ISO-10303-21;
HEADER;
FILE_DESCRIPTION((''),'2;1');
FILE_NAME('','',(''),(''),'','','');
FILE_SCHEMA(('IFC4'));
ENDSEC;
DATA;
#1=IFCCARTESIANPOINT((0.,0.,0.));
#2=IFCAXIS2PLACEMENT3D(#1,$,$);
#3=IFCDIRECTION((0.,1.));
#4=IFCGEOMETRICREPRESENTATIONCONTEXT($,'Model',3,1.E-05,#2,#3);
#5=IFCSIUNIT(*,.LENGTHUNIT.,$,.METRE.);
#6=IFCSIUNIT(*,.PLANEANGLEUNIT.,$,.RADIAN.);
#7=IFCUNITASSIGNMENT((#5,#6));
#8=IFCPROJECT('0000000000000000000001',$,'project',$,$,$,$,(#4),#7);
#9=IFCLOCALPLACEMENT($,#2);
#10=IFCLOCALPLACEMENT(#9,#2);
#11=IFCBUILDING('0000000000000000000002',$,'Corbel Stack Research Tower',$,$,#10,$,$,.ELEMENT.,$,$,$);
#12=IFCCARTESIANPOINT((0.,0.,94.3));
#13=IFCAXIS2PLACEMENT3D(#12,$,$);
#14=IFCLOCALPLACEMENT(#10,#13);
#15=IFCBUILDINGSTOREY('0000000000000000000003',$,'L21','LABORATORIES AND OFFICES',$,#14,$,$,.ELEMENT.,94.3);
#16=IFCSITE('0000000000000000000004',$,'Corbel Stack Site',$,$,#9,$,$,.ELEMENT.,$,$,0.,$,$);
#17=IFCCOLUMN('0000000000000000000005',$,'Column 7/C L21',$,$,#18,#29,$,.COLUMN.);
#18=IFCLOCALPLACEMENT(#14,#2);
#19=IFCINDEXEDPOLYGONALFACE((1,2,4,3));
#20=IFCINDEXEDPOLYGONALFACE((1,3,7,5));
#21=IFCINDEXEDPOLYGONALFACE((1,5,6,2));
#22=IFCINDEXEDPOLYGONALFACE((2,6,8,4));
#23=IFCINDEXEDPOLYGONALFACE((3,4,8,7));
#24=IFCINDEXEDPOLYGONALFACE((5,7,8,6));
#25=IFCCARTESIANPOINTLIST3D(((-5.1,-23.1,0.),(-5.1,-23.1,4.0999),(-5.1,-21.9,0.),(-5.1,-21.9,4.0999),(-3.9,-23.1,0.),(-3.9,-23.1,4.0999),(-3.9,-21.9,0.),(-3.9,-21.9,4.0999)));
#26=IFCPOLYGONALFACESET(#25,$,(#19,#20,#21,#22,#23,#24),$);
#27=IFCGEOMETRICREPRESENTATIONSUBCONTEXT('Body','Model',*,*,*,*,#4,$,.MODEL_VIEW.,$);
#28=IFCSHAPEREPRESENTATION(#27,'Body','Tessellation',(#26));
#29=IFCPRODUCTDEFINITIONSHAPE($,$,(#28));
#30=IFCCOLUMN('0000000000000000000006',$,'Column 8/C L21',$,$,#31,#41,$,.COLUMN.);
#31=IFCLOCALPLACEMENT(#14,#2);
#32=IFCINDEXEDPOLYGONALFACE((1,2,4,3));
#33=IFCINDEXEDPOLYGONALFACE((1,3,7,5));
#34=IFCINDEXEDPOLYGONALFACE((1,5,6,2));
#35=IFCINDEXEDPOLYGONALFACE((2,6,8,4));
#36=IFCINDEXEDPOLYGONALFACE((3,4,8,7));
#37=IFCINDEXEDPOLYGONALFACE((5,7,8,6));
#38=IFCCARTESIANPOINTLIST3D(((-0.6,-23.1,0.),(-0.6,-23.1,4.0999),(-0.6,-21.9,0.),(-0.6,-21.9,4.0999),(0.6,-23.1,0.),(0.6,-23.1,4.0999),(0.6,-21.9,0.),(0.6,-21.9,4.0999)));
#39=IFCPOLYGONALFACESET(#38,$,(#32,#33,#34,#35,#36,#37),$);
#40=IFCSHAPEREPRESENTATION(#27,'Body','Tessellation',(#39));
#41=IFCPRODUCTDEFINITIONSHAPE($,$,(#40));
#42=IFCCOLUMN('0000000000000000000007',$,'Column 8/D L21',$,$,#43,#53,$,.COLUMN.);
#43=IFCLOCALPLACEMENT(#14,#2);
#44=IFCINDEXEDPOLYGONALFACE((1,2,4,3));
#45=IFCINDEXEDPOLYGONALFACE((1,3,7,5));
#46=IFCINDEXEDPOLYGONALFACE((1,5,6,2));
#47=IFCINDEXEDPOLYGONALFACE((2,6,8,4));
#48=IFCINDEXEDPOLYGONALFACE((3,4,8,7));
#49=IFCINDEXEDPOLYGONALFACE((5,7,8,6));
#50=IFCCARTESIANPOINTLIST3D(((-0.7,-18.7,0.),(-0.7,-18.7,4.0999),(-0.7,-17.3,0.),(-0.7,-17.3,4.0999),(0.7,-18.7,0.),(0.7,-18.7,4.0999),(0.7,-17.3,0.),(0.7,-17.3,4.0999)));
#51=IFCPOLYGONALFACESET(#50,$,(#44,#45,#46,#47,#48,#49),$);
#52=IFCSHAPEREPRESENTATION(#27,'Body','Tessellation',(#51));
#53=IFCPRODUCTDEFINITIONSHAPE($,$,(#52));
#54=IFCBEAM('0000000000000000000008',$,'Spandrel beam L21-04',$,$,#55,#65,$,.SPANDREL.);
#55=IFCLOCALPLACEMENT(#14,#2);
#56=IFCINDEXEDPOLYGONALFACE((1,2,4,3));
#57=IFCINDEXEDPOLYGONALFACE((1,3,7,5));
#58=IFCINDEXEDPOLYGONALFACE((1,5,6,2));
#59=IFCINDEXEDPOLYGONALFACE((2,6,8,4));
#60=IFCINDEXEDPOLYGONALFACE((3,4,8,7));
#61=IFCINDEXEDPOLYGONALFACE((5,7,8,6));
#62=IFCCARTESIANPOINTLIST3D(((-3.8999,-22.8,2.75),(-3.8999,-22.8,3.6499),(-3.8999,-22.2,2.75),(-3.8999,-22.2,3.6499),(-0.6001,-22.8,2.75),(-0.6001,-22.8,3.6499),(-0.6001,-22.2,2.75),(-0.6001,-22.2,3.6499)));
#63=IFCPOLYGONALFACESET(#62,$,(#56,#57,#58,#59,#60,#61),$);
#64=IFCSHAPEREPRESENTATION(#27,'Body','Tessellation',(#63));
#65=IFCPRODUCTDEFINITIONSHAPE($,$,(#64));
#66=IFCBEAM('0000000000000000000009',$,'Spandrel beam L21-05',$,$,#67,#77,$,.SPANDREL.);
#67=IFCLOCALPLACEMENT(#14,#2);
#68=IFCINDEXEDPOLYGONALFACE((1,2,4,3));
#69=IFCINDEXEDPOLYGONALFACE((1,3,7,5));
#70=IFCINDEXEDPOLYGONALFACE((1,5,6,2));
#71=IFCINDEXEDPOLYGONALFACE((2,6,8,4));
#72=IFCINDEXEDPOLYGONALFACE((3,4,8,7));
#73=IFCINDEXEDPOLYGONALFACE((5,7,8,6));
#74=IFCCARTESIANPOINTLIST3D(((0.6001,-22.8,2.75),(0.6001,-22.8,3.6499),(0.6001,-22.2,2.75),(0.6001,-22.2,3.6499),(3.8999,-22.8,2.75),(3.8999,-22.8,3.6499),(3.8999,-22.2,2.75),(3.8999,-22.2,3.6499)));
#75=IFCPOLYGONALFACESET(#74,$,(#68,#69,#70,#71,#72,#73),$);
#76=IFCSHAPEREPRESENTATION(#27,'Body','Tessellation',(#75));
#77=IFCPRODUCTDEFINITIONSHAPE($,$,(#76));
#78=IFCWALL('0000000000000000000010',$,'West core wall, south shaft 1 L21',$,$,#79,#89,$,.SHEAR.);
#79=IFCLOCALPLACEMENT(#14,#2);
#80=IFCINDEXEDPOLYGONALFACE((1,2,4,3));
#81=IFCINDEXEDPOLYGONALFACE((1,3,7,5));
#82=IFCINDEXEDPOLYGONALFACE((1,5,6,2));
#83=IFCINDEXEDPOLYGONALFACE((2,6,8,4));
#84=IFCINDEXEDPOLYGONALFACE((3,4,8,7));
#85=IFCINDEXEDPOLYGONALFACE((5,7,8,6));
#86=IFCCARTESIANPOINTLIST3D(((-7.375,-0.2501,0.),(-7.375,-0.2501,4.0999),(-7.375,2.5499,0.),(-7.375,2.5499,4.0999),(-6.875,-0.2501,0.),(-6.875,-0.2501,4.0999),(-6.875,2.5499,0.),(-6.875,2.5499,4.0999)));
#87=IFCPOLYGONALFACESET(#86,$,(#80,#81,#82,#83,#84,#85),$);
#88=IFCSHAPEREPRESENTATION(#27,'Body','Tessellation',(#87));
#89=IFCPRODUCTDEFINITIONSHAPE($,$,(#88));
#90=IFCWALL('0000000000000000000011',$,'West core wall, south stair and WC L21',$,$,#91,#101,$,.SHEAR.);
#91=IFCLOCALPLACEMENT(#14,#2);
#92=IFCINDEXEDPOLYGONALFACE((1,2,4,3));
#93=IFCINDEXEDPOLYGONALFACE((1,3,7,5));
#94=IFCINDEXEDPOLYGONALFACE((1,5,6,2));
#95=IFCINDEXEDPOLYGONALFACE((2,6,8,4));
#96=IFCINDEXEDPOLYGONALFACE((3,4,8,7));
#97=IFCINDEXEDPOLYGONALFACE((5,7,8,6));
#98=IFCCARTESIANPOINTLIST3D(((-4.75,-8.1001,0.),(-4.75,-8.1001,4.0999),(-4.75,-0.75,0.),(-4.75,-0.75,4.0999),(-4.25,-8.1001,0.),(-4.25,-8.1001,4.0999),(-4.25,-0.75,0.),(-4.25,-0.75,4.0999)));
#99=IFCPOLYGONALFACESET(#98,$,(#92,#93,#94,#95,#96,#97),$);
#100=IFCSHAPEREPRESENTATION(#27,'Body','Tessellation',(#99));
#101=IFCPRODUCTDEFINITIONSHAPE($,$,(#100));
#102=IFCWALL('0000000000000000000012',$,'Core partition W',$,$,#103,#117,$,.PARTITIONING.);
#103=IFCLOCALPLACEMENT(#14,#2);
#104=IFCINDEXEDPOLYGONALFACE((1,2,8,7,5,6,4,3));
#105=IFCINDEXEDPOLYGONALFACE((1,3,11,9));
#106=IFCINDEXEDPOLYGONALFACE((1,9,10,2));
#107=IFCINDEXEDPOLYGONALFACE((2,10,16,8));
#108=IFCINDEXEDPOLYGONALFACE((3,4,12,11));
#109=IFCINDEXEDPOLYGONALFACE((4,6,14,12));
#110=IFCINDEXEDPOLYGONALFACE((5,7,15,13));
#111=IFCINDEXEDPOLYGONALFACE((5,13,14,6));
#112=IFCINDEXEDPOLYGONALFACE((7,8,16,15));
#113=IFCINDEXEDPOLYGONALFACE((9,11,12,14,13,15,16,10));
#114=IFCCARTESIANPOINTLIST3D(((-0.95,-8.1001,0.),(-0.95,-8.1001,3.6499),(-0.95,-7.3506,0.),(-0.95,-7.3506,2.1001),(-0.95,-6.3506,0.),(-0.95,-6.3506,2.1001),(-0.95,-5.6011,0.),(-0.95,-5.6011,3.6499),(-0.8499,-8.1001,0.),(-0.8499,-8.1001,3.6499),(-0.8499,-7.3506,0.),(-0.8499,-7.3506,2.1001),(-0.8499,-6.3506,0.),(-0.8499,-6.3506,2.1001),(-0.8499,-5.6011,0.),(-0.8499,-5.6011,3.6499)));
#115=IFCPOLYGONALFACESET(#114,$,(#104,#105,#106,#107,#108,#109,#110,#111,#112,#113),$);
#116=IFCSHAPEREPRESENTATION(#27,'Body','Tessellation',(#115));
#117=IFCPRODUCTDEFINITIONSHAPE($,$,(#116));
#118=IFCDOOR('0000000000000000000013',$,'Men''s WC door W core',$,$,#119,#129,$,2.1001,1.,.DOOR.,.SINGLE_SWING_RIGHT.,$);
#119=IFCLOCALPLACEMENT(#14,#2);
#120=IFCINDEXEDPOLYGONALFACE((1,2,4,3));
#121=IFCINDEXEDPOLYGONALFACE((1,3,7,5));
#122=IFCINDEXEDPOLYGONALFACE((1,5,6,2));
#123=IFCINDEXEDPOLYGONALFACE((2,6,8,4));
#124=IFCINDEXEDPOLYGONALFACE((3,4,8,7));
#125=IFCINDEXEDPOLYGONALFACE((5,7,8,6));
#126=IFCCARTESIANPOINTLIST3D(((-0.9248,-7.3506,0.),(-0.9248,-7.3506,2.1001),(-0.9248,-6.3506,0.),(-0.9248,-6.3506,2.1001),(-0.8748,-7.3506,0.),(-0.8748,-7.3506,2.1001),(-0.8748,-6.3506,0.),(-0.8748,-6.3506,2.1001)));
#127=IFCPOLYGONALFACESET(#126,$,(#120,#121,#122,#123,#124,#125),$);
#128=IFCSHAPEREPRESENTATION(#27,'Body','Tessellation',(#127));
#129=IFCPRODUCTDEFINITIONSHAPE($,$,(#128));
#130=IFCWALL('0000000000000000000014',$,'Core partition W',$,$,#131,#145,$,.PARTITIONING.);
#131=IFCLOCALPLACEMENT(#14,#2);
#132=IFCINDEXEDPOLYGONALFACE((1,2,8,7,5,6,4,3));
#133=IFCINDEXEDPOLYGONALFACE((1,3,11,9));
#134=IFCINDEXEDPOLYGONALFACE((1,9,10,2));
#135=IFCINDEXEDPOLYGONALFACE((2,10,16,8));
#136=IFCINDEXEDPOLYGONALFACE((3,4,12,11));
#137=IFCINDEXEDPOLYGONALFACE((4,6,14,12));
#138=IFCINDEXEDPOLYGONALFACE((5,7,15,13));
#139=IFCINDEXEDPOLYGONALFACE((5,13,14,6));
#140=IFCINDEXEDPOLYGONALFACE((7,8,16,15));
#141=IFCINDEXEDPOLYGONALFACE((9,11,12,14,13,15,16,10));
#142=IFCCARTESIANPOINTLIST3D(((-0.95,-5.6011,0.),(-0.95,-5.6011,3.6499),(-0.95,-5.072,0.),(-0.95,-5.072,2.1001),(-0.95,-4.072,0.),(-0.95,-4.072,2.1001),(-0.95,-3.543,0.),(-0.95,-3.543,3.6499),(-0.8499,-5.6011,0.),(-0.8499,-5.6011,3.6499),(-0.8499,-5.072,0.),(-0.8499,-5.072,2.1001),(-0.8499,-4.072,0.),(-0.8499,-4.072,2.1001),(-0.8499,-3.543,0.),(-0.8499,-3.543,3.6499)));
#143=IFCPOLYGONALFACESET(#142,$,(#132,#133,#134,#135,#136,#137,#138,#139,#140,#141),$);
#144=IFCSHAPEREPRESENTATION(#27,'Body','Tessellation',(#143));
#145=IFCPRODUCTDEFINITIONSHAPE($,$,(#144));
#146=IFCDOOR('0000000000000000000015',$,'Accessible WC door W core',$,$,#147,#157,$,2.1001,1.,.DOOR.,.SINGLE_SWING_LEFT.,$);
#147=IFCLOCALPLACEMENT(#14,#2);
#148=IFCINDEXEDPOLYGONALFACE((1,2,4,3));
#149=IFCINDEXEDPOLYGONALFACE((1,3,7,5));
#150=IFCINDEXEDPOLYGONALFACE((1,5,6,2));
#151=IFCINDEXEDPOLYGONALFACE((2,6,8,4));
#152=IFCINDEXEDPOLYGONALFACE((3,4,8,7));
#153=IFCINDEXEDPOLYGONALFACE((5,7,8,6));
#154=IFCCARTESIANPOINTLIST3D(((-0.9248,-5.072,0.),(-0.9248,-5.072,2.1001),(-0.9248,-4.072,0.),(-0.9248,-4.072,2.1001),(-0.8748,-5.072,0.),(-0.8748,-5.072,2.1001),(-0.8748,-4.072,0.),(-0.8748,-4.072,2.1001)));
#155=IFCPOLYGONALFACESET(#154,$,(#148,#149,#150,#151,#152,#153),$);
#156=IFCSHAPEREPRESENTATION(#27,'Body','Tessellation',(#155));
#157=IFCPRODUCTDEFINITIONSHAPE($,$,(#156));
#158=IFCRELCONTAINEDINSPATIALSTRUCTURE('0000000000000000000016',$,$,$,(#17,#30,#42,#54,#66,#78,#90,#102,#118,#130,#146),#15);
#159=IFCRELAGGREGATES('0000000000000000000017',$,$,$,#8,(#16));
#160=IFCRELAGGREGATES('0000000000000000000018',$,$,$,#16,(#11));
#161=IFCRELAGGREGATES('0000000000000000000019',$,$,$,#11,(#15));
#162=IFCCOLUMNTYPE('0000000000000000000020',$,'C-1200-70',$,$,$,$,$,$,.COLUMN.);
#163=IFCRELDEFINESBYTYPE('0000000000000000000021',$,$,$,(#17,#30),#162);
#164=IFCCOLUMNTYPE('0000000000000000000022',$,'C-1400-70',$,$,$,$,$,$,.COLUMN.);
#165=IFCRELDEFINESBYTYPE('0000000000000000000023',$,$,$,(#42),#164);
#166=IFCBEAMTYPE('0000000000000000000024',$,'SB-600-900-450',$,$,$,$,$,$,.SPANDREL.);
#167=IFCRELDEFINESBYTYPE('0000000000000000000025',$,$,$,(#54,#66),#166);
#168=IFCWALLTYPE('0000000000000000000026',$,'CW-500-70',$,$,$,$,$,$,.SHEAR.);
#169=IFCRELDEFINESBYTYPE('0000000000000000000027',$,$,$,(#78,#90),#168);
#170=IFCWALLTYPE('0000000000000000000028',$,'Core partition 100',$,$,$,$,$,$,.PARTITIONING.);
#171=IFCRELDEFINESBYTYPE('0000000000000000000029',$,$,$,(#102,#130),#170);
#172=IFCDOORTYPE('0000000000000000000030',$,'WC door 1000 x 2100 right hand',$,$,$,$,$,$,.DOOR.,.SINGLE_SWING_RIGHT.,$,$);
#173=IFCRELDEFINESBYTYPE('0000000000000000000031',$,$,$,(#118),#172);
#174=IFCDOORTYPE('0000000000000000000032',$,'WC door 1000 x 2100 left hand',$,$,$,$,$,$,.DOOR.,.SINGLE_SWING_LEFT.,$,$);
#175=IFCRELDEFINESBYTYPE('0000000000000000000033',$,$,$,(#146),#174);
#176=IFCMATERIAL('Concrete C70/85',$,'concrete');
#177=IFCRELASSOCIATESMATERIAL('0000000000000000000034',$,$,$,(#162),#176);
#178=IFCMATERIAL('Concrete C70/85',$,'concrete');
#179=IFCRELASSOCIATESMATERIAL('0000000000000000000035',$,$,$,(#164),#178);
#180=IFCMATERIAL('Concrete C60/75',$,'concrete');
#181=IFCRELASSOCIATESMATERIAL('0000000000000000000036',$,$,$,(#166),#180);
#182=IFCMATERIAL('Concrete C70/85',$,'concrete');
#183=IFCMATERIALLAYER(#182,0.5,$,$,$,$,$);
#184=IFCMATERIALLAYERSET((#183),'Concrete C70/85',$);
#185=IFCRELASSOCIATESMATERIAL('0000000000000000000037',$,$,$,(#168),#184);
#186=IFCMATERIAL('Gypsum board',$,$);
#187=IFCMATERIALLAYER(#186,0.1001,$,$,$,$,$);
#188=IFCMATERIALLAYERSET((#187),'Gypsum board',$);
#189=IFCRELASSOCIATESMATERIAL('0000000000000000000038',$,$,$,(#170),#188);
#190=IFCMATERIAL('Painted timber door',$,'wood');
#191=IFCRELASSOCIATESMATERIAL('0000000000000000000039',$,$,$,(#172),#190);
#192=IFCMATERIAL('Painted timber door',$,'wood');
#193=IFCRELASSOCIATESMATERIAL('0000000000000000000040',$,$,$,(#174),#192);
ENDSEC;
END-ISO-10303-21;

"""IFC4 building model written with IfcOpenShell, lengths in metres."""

from ifc_helpers import new_model, si_unit, direction, frame, frame_2d, origin, origin_2d, place, context, subcontext, project, spatial, rectangle, extrude, material, layer, layer_set, material_profile, profile_set, type_object, element, fill, save


model = new_model("IFC4")

# Units and contexts
model_context = context("Model", 3, precision=1e-05, world=origin(), true_north=direction((0.0, 1.0)))
body_context = subcontext(model_context, "Body", "Model", "MODEL_VIEW")
ifc_project = project(units=[si_unit("LENGTHUNIT", "METRE"), si_unit("PLANEANGLEUNIT", "RADIAN")], contexts=[model_context])

# Site, building, storey
site_placement = place(None, origin())
site = spatial("IfcSite", under=ifc_project, at=site_placement, Name="Corbel Stack Site", CompositionType="ELEMENT", RefElevation=0.0)
building_placement = place(site_placement, origin())
building = spatial("IfcBuilding", under=site, at=building_placement, Name="Corbel Stack Research Tower", CompositionType="ELEMENT")
storey_placement = place(building_placement, frame((0.0, 0.0, 94.3)))
storey = spatial("IfcBuildingStorey", under=building, at=storey_placement, Name="L21", Description="LABORATORIES AND OFFICES", CompositionType="ELEMENT", Elevation=94.3)

# Columns
ifc_material_1 = material(Name="Concrete C70/85", Category="concrete")
ifc_material_profile_1 = material_profile(ifc_material_1, rectangle(XDim=1.2, YDim=1.2, at=origin_2d()), Name="RC 1200 x 1200")
ifc_profile_set_1 = profile_set([ifc_material_profile_1], Name="Concrete C70/85")
column_type_1 = type_object("IfcColumnType", Name="C-1200-70", PredefinedType="COLUMN", material=ifc_profile_set_1)
for number, where, z_axis, x_axis, name in (
    (1, (-4.5, -22.5, 0.0), (0.0, 0.0, 1.0), (1.0, 0.0, 0.0), "Column 7/C L21"),
    (2, (0.0, -22.5, 0.0), (0.0, 0.0, 1.0), (1.0, 0.0, 0.0), "Column 8/C L21"),
):
    element("IfcColumn", number, at=place(storey_placement, frame(where, z_axis=z_axis, x_axis=x_axis)), inside=storey, type_object=column_type_1, Name=name, PredefinedType="COLUMN", context=body_context, shape_type="SweptSolid", body=[
        extrude(rectangle(XDim=1.2, YDim=1.2, at=origin_2d()), origin(), (0.0, 0.0, 1.0), 4.0999),
    ])
ifc_material_2 = material(Name="Concrete C70/85", Category="concrete")
ifc_material_profile_2 = material_profile(ifc_material_2, rectangle(XDim=1.3999, YDim=1.3999, at=origin_2d()), Name="RC 1400 x 1400")
ifc_profile_set_2 = profile_set([ifc_material_profile_2], Name="Concrete C70/85")
column_type_2 = type_object("IfcColumnType", Name="C-1400-70", PredefinedType="COLUMN", material=ifc_profile_set_2)
column_placement = place(storey_placement, frame((0.0, -18.0, 0.0), z_axis=(0.0, 0.0, 1.0), x_axis=(1.0, 0.0, 0.0)))
element("IfcColumn", 3, at=column_placement, inside=storey, type_object=column_type_2, Name="Column 8/D L21", PredefinedType="COLUMN", context=body_context, shape_type="SweptSolid", body=[
    extrude(rectangle(XDim=1.3999, YDim=1.3999, at=origin_2d()), origin(), (0.0, 0.0, 1.0), 4.0999),
])

# Beams
ifc_material_3 = material(Name="Concrete C60/75", Category="concrete")
ifc_material_profile_3 = material_profile(ifc_material_3, rectangle(XDim=0.6001, YDim=0.8999, at=origin_2d()), Name="RC 600 x 900")
ifc_profile_set_3 = profile_set([ifc_material_profile_3], Name="Concrete C60/75")
beam_type = type_object("IfcBeamType", Name="SB-600-900-450", PredefinedType="SPANDREL", material=ifc_profile_set_3)
for number, where, z_axis, x_axis, name in (
    (4, (-3.8999, -22.5, 3.2), (1.0, 0.0, 0.0), (0.0, 1.0, 0.0), "Spandrel beam L21-04"),
    (5, (0.6001, -22.5, 3.2), (1.0, 0.0, 0.0), (0.0, 1.0, 0.0), "Spandrel beam L21-05"),
):
    element("IfcBeam", number, at=place(storey_placement, frame(where, z_axis=z_axis, x_axis=x_axis)), inside=storey, type_object=beam_type, Name=name, PredefinedType="SPANDREL", context=body_context, shape_type="SweptSolid", body=[
        extrude(rectangle(XDim=0.6001, YDim=0.8999, at=origin_2d()), origin(), (0.0, 0.0, 1.0), 3.2998),
    ])

# Walls
ifc_material_4 = material(Name="Concrete C70/85", Category="concrete")
ifc_layer_1 = layer(ifc_material_4, 0.5)
ifc_layer_set_1 = layer_set([ifc_layer_1], Name="Concrete C70/85")
wall_type_1 = type_object("IfcWallType", Name="CW-500-70", PredefinedType="SHEAR", material=ifc_layer_set_1)
wall_1_placement = place(storey_placement, frame((-7.125, -0.25, 0.0), z_axis=(0.0, 0.0, 1.0), x_axis=(0.0, 1.0, 0.0)))
element("IfcWall", 6, at=wall_1_placement, inside=storey, type_object=wall_type_1, Name="West core wall, south shaft 1 L21", PredefinedType="SHEAR", context=body_context, shape_type="SweptSolid", body=[
    extrude(rectangle(XDim=2.8, YDim=0.5, at=frame_2d((1.3999, 0.0))), origin(), (0.0, 0.0, 1.0), 4.0999),
])
wall_2_placement = place(storey_placement, frame((-4.5, -8.1001, 0.0), z_axis=(0.0, 0.0, 1.0), x_axis=(0.0, 1.0, 0.0)))
element("IfcWall", 7, at=wall_2_placement, inside=storey, type_object=wall_type_1, Name="West core wall, south stair and WC L21", PredefinedType="SHEAR", context=body_context, shape_type="SweptSolid", body=[
    extrude(rectangle(XDim=7.3501, YDim=0.5, at=frame_2d((3.675, 0.0))), origin(), (0.0, 0.0, 1.0), 4.0999),
])

# Walls, openings, doors
ifc_material_5 = material(Name="Gypsum board")
ifc_layer_2 = layer(ifc_material_5, 0.1001)
ifc_layer_set_2 = layer_set([ifc_layer_2], Name="Gypsum board")
wall_type_2 = type_object("IfcWallType", Name="Core partition 100", PredefinedType="PARTITIONING", material=ifc_layer_set_2)
wall_3_placement = place(storey_placement, frame((-0.8999, -8.1001, 0.0), z_axis=(0.0, 0.0, 1.0), x_axis=(0.0, 1.0, 0.0)))
wall_3 = element("IfcWall", 8, at=wall_3_placement, inside=storey, type_object=wall_type_2, Name="Core partition W", PredefinedType="PARTITIONING", context=body_context, shape_type="SweptSolid", body=[
    extrude(rectangle(XDim=2.499, YDim=0.1001, at=frame_2d((1.2495, 0.0))), origin(), (0.0, 0.0, 1.0), 3.6499),
])
opening_1_placement = place(wall_3_placement, frame((0.7495, 0.0, 0.0)))
opening_1 = element("IfcOpeningElement", 9, at=opening_1_placement, cuts=wall_3, PredefinedType="OPENING", context=body_context, shape_type="SweptSolid", body=[
    extrude(rectangle(XDim=1.0, YDim=2.1001, at=frame_2d((0.5, 1.05))), frame((0.0, 0.0601, 0.0), z_axis=(0.0, -1.0, 0.0), x_axis=(1.0, 0.0, 0.0)), (0.0, 0.0, 1.0), 0.1201),
])
ifc_material_6 = material(Name="Painted timber door", Category="wood")
door_type_1 = type_object("IfcDoorType", Name="WC door 1000 x 2100 right hand", OperationType="SINGLE_SWING_RIGHT", PredefinedType="DOOR", material=ifc_material_6)
door_1_placement = place(opening_1_placement, origin())
door_1 = element("IfcDoor", 10, at=door_1_placement, inside=storey, type_object=door_type_1, Name="Men's WC door W core", OperationType="SINGLE_SWING_RIGHT", OverallHeight=2.1001, OverallWidth=1.0, PredefinedType="DOOR", context=body_context, shape_type="SweptSolid", body=[
    extrude(rectangle(XDim=1.0, YDim=2.1001, at=frame_2d((0.5, 1.05))), frame((0.0, 0.0249, 0.0), z_axis=(0.0, -1.0, 0.0), x_axis=(1.0, 0.0, 0.0)), (0.0, 0.0, 1.0), 0.05),
])
fill(opening_1, door_1)
wall_4_placement = place(storey_placement, frame((-0.8999, -5.6011, 0.0), z_axis=(0.0, 0.0, 1.0), x_axis=(0.0, 1.0, 0.0)))
wall_4 = element("IfcWall", 11, at=wall_4_placement, inside=storey, type_object=wall_type_2, Name="Core partition W", PredefinedType="PARTITIONING", context=body_context, shape_type="SweptSolid", body=[
    extrude(rectangle(XDim=2.0581, YDim=0.1001, at=frame_2d((1.0291, 0.0))), origin(), (0.0, 0.0, 1.0), 3.6499),
])
opening_2_placement = place(wall_4_placement, frame((0.5291, 0.0, 0.0)))
opening_2 = element("IfcOpeningElement", 12, at=opening_2_placement, cuts=wall_4, PredefinedType="OPENING", context=body_context, shape_type="SweptSolid", body=[
    extrude(rectangle(XDim=1.0, YDim=2.1001, at=frame_2d((0.5, 1.05))), frame((0.0, 0.0601, 0.0), z_axis=(0.0, -1.0, 0.0), x_axis=(1.0, 0.0, 0.0)), (0.0, 0.0, 1.0), 0.1201),
])
ifc_material_7 = material(Name="Painted timber door", Category="wood")
door_type_2 = type_object("IfcDoorType", Name="WC door 1000 x 2100 left hand", OperationType="SINGLE_SWING_LEFT", PredefinedType="DOOR", material=ifc_material_7)
door_2_placement = place(opening_2_placement, origin())
door_2 = element("IfcDoor", 13, at=door_2_placement, inside=storey, type_object=door_type_2, Name="Accessible WC door W core", OperationType="SINGLE_SWING_LEFT", OverallHeight=2.1001, OverallWidth=1.0, PredefinedType="DOOR", context=body_context, shape_type="SweptSolid", body=[
    extrude(rectangle(XDim=1.0, YDim=2.1001, at=frame_2d((0.5, 1.05))), frame((0.0, 0.0249, 0.0), z_axis=(0.0, -1.0, 0.0), x_axis=(1.0, 0.0, 0.0)), (0.0, 0.0, 1.0), 0.05),
])
fill(opening_2, door_2)

save(model, "model.ifc")
